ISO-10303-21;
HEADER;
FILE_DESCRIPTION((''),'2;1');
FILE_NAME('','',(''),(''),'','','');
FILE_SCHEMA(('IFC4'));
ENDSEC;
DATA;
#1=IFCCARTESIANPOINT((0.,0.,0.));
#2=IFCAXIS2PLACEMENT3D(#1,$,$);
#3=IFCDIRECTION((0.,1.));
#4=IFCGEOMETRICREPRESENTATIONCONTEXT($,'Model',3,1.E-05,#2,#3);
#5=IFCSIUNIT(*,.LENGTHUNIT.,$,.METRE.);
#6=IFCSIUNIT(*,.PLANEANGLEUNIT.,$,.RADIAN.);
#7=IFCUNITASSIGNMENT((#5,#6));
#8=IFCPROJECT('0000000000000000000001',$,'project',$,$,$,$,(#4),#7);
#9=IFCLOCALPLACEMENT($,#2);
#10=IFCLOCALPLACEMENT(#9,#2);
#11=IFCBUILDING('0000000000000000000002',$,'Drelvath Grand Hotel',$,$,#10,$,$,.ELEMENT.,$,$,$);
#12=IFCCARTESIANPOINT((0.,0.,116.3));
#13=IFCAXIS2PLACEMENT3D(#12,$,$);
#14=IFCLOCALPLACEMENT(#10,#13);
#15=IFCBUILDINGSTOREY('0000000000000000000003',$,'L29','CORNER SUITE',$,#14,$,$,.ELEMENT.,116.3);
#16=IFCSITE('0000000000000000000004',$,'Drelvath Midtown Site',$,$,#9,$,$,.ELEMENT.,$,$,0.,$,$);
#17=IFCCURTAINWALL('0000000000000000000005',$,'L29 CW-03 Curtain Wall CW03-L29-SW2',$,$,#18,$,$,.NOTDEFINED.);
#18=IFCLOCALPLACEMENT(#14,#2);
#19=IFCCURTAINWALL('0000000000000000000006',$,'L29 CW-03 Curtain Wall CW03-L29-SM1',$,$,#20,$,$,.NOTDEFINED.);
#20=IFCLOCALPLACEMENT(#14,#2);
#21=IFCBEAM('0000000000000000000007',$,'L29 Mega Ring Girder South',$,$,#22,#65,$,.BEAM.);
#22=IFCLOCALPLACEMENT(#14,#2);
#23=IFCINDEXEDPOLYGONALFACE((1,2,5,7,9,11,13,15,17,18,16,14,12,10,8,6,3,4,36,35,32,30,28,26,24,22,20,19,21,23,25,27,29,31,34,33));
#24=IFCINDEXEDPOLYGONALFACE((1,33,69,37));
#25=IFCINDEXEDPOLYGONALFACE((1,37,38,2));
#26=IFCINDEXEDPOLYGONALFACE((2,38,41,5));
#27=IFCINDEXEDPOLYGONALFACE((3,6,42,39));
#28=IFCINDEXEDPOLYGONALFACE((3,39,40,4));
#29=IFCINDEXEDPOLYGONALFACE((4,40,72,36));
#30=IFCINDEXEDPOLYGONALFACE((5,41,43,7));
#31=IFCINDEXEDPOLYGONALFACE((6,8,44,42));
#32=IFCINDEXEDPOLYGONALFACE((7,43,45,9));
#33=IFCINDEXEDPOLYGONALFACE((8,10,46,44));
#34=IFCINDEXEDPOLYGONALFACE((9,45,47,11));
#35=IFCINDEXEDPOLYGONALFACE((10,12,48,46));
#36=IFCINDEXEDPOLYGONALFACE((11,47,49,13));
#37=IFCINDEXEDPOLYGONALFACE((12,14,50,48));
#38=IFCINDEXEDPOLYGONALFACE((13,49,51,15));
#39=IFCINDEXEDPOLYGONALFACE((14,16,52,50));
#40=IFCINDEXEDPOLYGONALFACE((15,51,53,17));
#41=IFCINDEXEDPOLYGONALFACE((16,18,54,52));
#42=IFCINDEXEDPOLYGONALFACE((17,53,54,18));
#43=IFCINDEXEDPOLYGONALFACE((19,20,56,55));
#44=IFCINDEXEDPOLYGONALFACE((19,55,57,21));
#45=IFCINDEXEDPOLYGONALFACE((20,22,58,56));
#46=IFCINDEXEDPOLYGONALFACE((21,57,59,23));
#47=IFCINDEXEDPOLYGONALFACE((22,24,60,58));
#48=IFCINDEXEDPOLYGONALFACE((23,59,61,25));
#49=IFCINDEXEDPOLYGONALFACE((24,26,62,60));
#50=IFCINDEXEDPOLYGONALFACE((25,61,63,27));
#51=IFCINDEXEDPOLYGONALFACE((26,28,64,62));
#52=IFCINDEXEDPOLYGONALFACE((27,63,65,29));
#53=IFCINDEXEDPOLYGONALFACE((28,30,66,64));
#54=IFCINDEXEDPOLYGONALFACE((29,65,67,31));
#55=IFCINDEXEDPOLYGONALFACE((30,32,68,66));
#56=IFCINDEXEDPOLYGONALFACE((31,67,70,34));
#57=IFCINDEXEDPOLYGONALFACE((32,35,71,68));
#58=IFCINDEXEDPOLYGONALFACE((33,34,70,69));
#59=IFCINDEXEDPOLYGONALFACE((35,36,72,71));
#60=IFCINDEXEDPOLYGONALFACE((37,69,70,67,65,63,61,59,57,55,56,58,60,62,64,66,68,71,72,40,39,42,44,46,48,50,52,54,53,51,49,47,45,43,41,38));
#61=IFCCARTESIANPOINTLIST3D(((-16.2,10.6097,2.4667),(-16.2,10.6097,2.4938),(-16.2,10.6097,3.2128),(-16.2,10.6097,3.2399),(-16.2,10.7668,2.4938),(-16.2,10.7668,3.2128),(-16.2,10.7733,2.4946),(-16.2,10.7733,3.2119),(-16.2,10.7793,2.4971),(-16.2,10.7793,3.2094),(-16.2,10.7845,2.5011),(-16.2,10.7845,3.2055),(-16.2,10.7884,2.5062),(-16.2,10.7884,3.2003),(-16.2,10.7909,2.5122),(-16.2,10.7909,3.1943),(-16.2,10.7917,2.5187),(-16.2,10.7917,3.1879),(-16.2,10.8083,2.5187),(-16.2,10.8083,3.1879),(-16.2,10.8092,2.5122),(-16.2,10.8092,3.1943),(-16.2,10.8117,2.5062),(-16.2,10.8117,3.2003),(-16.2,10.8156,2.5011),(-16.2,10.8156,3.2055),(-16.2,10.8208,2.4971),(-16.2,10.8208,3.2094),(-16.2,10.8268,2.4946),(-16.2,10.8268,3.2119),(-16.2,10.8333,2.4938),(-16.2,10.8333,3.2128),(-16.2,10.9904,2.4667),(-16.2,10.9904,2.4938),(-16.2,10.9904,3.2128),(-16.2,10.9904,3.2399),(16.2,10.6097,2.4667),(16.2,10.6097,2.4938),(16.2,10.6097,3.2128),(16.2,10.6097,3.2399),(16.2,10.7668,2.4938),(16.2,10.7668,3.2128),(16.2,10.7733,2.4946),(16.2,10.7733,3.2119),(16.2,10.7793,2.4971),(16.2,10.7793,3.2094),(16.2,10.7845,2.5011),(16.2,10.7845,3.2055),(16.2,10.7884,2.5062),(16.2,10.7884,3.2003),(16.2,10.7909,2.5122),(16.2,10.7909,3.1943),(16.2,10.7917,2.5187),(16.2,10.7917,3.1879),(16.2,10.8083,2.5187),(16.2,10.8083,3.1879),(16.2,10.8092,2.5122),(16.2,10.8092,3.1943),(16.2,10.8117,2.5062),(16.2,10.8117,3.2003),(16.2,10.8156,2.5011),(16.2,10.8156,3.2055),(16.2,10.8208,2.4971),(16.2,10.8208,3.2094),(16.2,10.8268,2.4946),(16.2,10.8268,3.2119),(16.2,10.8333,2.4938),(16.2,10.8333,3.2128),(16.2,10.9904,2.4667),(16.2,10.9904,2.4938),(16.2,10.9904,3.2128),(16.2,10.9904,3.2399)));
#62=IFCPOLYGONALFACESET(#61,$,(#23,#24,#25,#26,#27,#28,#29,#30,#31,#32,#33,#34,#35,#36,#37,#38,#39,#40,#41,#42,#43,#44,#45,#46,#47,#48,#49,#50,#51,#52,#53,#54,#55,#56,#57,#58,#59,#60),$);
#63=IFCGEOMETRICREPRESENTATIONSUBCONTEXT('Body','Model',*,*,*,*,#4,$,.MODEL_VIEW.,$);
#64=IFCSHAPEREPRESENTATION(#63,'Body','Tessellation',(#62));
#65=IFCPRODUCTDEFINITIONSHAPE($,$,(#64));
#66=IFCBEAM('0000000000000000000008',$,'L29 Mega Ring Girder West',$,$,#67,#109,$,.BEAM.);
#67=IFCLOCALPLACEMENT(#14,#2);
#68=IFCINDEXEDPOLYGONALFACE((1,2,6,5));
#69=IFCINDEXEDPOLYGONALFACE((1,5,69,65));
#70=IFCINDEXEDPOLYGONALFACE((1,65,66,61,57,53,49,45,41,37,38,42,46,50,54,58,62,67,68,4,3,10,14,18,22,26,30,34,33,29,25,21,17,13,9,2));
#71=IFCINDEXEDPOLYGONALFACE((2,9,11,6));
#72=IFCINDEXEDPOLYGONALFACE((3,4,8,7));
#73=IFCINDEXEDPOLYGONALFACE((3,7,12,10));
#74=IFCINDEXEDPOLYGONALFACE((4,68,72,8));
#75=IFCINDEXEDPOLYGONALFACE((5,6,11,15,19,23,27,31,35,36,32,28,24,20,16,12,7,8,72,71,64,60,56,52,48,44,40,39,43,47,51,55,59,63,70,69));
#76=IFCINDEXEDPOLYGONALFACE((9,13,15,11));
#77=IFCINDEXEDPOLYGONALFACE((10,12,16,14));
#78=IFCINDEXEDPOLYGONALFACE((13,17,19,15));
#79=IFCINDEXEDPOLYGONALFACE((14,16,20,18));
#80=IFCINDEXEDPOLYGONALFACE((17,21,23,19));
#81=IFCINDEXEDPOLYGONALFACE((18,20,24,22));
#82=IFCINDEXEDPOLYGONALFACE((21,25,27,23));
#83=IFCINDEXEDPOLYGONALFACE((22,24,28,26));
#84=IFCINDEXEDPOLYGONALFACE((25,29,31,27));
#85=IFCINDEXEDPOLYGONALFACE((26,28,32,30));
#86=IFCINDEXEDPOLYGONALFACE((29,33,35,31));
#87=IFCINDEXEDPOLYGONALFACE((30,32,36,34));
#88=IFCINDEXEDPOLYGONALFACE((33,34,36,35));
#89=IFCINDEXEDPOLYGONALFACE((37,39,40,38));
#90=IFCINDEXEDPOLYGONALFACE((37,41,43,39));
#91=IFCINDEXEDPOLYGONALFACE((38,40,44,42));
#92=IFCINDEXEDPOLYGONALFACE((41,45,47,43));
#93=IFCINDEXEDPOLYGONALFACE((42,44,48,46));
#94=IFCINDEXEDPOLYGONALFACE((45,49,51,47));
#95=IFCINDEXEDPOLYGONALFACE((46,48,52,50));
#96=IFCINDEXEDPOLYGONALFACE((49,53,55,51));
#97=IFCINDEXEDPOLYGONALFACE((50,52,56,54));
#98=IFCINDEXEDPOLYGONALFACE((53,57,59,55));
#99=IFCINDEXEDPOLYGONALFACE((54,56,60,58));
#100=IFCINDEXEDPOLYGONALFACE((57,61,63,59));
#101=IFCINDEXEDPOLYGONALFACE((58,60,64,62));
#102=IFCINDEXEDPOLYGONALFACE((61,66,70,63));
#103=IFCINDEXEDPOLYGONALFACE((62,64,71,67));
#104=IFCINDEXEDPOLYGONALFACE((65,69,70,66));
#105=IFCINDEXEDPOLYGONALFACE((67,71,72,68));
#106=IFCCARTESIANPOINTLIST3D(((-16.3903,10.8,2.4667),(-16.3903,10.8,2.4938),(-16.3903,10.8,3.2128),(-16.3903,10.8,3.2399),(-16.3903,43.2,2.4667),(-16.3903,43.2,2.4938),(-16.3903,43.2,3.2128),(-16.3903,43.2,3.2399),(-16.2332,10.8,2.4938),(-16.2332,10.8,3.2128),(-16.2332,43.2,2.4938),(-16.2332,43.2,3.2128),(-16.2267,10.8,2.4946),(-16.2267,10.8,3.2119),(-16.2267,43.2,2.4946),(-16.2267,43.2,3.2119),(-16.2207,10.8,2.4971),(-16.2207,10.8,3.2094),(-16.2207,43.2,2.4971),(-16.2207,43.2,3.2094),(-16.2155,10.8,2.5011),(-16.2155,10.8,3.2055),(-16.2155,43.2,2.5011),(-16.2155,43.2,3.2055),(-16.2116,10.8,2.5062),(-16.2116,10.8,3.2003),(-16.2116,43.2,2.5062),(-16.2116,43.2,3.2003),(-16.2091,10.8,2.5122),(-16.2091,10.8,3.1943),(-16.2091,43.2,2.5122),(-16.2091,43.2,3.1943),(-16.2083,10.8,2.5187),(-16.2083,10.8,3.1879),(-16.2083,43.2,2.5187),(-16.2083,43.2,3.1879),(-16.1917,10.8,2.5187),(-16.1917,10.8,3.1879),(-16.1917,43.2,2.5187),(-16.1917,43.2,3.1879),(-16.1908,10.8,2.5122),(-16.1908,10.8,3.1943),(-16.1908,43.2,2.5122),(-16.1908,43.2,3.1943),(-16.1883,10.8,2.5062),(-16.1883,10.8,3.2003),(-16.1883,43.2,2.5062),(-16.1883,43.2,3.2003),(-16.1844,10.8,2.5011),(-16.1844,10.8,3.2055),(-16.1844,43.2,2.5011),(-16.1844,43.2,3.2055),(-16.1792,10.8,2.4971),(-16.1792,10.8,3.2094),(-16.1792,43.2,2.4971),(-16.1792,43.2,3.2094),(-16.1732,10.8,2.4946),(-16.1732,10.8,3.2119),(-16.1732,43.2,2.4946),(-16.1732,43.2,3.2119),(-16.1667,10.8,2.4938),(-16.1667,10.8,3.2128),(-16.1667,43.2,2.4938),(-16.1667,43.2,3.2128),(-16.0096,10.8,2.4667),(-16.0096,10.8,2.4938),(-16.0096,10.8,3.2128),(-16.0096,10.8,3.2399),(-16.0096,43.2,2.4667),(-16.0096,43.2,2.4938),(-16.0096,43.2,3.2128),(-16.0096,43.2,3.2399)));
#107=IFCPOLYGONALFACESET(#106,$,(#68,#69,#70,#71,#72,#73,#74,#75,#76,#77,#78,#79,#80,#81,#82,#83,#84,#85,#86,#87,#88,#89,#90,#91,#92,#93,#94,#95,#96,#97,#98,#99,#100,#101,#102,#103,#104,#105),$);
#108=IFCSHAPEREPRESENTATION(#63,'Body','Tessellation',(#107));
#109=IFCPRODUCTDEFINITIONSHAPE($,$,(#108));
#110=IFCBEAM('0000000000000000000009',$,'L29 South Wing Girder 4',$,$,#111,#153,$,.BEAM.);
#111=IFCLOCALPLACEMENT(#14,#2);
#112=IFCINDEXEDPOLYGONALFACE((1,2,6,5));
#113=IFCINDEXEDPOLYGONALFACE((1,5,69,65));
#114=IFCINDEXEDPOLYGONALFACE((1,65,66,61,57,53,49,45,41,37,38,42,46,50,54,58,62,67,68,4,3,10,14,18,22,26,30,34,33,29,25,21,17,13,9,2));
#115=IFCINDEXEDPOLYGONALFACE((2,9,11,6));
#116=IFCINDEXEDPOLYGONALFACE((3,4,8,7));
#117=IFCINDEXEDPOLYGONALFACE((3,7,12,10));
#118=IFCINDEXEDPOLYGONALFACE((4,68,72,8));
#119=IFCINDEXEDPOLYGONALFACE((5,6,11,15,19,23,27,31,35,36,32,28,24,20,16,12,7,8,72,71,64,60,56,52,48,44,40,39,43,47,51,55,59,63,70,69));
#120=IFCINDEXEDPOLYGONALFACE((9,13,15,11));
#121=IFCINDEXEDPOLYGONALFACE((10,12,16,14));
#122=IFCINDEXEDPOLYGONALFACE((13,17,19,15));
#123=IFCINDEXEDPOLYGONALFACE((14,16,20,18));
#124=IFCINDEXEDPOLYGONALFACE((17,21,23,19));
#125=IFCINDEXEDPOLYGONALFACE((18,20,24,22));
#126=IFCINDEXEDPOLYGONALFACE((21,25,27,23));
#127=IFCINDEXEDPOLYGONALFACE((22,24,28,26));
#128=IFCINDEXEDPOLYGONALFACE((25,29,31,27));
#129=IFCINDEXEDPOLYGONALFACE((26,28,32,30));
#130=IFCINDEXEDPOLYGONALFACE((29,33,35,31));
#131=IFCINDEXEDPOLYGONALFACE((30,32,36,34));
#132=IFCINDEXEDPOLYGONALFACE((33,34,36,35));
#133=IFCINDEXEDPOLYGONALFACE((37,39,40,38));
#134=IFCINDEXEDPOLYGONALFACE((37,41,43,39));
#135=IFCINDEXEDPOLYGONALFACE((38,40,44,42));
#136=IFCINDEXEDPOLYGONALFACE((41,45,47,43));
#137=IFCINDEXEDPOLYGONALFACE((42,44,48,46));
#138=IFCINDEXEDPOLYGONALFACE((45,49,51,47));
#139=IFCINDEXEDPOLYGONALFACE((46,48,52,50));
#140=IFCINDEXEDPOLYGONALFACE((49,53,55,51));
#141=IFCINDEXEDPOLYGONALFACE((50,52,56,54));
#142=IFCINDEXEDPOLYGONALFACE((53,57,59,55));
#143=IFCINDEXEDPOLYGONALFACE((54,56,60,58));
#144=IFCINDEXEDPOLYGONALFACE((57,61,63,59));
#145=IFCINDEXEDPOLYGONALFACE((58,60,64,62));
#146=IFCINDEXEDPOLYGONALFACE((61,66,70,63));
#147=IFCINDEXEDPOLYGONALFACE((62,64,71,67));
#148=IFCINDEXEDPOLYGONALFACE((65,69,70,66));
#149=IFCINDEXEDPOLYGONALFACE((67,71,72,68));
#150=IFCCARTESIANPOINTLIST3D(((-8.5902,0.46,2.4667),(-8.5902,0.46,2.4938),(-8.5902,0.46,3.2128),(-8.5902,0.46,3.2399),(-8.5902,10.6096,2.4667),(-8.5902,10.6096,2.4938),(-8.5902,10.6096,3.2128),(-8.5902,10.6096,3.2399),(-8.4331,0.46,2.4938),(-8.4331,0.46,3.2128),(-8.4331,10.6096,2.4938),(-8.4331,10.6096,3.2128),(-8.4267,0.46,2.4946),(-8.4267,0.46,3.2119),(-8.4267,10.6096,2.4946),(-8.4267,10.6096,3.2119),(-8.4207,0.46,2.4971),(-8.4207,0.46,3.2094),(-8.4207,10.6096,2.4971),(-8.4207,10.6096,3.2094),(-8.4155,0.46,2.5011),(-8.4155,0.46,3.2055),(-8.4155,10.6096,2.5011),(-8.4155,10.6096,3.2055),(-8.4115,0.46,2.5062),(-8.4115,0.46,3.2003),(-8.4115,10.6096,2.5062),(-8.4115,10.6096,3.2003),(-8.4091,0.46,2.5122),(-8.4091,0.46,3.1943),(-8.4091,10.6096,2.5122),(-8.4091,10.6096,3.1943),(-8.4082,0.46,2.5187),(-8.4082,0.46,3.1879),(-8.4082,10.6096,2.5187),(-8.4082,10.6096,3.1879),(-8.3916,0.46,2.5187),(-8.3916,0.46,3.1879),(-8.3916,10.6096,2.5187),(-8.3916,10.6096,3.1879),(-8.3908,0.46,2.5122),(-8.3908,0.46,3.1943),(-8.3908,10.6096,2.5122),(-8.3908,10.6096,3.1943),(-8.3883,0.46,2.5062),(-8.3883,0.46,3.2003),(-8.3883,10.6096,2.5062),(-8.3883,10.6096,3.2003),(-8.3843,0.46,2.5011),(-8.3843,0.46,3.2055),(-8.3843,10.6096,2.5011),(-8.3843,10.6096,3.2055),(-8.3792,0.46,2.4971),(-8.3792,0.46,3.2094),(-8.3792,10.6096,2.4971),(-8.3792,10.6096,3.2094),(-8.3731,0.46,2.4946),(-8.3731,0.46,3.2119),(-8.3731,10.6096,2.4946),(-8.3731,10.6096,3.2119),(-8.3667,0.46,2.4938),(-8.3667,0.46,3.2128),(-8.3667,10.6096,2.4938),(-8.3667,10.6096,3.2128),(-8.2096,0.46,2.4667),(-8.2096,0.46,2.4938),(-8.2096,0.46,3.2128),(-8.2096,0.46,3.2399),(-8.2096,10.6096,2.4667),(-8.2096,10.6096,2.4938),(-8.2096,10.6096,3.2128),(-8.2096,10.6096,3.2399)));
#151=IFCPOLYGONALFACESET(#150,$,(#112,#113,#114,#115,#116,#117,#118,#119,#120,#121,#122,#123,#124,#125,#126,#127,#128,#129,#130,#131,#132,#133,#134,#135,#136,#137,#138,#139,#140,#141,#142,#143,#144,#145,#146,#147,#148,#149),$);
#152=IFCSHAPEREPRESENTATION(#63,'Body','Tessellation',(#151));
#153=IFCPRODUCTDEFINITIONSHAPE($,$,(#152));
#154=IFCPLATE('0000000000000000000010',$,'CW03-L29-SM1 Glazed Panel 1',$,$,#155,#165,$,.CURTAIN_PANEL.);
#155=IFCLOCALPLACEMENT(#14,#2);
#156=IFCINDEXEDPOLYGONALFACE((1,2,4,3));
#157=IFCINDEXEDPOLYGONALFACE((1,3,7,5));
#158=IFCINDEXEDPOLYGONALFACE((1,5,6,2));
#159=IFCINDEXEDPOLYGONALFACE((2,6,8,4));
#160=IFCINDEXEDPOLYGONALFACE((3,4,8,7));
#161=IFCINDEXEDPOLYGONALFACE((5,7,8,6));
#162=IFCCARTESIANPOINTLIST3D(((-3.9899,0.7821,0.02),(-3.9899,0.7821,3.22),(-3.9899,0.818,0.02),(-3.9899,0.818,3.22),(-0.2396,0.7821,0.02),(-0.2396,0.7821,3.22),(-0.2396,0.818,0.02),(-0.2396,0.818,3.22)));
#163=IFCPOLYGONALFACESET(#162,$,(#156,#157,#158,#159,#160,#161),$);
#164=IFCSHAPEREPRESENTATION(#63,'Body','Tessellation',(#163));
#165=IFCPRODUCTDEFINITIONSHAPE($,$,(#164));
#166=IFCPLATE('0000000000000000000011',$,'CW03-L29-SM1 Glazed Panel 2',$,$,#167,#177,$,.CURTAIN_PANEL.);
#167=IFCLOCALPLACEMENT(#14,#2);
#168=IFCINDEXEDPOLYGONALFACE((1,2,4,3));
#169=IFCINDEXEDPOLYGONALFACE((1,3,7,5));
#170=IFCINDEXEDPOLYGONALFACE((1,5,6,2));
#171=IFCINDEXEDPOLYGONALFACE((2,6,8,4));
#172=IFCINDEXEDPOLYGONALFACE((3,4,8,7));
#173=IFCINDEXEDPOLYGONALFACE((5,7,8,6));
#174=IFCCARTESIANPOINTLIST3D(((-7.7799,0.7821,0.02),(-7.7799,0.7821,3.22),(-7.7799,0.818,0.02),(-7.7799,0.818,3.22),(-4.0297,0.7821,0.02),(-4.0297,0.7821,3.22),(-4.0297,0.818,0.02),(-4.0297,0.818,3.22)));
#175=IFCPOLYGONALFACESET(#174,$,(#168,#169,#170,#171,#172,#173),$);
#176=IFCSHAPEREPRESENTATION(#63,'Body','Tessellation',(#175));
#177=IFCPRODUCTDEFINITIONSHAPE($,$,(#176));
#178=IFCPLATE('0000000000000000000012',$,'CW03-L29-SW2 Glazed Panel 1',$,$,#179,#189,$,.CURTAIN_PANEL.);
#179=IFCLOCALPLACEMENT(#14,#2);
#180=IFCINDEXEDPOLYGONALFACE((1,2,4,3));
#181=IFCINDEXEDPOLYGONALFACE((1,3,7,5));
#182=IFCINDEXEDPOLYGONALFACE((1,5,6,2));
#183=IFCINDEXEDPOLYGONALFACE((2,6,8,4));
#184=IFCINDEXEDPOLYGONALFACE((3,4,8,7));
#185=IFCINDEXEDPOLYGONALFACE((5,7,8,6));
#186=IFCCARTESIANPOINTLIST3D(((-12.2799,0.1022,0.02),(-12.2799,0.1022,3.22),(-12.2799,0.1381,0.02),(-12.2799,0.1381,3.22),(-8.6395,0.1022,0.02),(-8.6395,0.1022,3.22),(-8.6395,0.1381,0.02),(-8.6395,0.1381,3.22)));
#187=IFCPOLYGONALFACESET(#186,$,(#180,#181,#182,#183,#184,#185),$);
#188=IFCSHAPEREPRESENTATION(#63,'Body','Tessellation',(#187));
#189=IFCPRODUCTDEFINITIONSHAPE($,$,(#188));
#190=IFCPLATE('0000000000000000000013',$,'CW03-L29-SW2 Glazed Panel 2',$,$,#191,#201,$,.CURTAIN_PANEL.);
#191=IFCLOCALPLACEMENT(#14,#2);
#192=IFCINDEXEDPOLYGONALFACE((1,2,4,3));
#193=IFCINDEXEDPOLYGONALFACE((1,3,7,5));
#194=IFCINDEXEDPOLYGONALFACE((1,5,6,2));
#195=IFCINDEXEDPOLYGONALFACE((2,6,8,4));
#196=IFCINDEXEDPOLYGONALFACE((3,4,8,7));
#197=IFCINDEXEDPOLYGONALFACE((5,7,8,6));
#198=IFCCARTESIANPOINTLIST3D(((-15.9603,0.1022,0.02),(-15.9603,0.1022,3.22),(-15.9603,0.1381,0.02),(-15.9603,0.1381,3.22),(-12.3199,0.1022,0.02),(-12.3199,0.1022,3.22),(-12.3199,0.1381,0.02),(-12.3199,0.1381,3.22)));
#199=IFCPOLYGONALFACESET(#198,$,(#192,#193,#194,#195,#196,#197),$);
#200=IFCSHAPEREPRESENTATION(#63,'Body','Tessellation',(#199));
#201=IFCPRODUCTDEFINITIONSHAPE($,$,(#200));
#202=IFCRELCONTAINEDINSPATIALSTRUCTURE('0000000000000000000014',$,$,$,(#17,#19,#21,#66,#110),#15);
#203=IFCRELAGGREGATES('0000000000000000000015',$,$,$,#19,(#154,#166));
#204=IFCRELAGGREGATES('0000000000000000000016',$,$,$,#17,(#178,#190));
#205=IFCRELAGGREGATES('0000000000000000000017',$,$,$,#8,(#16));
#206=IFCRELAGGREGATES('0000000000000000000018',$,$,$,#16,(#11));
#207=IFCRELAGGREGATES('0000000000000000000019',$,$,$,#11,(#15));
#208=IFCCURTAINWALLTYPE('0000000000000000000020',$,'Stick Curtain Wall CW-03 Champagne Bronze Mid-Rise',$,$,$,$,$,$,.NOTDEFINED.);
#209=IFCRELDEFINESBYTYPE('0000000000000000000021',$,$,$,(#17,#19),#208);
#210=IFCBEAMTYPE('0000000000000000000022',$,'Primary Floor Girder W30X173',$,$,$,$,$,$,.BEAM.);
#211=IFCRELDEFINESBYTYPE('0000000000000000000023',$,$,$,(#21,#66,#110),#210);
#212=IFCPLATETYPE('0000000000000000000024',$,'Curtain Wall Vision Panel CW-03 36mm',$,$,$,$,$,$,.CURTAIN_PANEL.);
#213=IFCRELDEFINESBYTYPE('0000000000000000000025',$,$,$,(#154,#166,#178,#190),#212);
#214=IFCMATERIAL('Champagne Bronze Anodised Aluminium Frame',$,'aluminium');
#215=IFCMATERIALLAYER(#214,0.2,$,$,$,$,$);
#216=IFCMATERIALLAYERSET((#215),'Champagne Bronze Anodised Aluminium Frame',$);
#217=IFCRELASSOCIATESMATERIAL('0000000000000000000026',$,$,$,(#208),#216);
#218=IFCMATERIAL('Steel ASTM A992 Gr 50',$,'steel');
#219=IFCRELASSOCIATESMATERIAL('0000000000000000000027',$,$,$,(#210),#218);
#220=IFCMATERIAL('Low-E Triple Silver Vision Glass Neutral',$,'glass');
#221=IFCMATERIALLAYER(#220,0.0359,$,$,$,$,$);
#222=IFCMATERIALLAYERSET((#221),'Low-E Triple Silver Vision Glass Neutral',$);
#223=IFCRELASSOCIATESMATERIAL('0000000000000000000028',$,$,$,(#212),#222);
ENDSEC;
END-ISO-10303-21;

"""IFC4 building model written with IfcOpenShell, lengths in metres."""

from ifc_helpers import new_model, si_unit, direction, frame, origin, origin_2d, place, context, subcontext, project, spatial, rectangle, i_section, extrude, material, layer, layer_set, material_profile, profile_set, type_object, element, aggregate, save


model = new_model("IFC4")

# Units and contexts
model_context = context("Model", 3, precision=1e-05, world=origin(), true_north=direction((0.0, 1.0)))
body_context = subcontext(model_context, "Body", "Model", "MODEL_VIEW")
ifc_project = project(units=[si_unit("LENGTHUNIT", "METRE"), si_unit("PLANEANGLEUNIT", "RADIAN")], contexts=[model_context])

# Site, building, storey
site_placement = place(None, origin())
site = spatial("IfcSite", under=ifc_project, at=site_placement, Name="Drelvath Midtown Site", CompositionType="ELEMENT", RefElevation=0.0)
building_placement = place(site_placement, origin())
building = spatial("IfcBuilding", under=site, at=building_placement, Name="Drelvath Grand Hotel", CompositionType="ELEMENT")
storey_placement = place(building_placement, frame((0.0, 0.0, 116.3)))
storey = spatial("IfcBuildingStorey", under=building, at=storey_placement, Name="L29", Description="CORNER SUITE", CompositionType="ELEMENT", Elevation=116.3)

# Shared definitions
ifc_material_1 = material(Name="Steel ASTM A992 Gr 50", Category="steel")

# Curtain wall
ifc_material_2 = material(Name="Champagne Bronze Anodised Aluminium Frame", Category="aluminium")
ifc_layer_1 = layer(ifc_material_2, 0.2)
ifc_layer_set_1 = layer_set([ifc_layer_1], Name="Champagne Bronze Anodised Aluminium Frame")
curtain_wall_type = type_object("IfcCurtainWallType", Name="Stick Curtain Wall CW-03 Champagne Bronze Mid-Rise", PredefinedType="NOTDEFINED", material=ifc_layer_set_1)
curtain_wall_1_placement = place(storey_placement, origin())
curtain_wall_1 = element("IfcCurtainWall", 1, at=curtain_wall_1_placement, inside=storey, type_object=curtain_wall_type, Name="L29 CW-03 Curtain Wall CW03-L29-SW2", PredefinedType="NOTDEFINED")

# Curtain wall
curtain_wall_2_placement = place(storey_placement, origin())
curtain_wall_2 = element("IfcCurtainWall", 2, at=curtain_wall_2_placement, inside=storey, type_object=curtain_wall_type, Name="L29 CW-03 Curtain Wall CW03-L29-SM1", PredefinedType="NOTDEFINED")

# Beams
ifc_material_profile_1 = material_profile(ifc_material_1, i_section(OverallWidth=0.3806, OverallDepth=0.7732, WebThickness=0.0166, FlangeThickness=0.0271, FilletRadius=0.0249, at=origin_2d()), Name="W30X173")
ifc_profile_set_1 = profile_set([ifc_material_profile_1], Name="Steel ASTM A992 Gr 50")
beam_type_1 = type_object("IfcBeamType", Name="Primary Floor Girder W30X173", PredefinedType="BEAM", material=ifc_profile_set_1)
for number, where, z_axis, x_axis, name in (
    (3, (-16.2, 10.8, 2.8533), (1.0, 0.0, 0.0), (0.0, 1.0, 0.0), "L29 Mega Ring Girder South"),
    (4, (-16.2, 10.8, 2.8533), (0.0, 1.0, 0.0), (-1.0, 0.0, 0.0), "L29 Mega Ring Girder West"),
):
    element("IfcBeam", number, at=place(storey_placement, frame(where, z_axis=z_axis, x_axis=x_axis)), inside=storey, type_object=beam_type_1, Name=name, PredefinedType="BEAM", context=body_context, shape_type="SweptSolid", body=[
        extrude(i_section(OverallWidth=0.3806, OverallDepth=0.7732, WebThickness=0.0166, FlangeThickness=0.0271, FilletRadius=0.0249, at=origin_2d()), origin(), (0.0, 0.0, 1.0), 32.3999),
    ])
beam_1_placement = place(storey_placement, frame((-8.3999, 0.46, 2.8533), z_axis=(0.0, 1.0, 0.0), x_axis=(-1.0, 0.0, 0.0)))
element("IfcBeam", 5, at=beam_1_placement, inside=storey, type_object=beam_type_1, Name="L29 South Wing Girder 4", PredefinedType="BEAM", context=body_context, shape_type="SweptSolid", body=[
    extrude(i_section(OverallWidth=0.3806, OverallDepth=0.7732, WebThickness=0.0166, FlangeThickness=0.0271, FilletRadius=0.0249, at=origin_2d()), origin(), (0.0, 0.0, 1.0), 10.1497),
])

# Plates
ifc_material_3 = material(Name="Low-E Triple Silver Vision Glass Neutral", Category="glass")
ifc_layer_2 = layer(ifc_material_3, 0.0359)
ifc_layer_set_2 = layer_set([ifc_layer_2], Name="Low-E Triple Silver Vision Glass Neutral")
plate_type = type_object("IfcPlateType", Name="Curtain Wall Vision Panel CW-03 36mm", PredefinedType="CURTAIN_PANEL", material=ifc_layer_set_2)
plate_1_placement = place(storey_placement, frame((-2.1147, 0.8, 0.02), z_axis=(0.0, 0.0, 1.0), x_axis=(-1.0, 0.0, 0.0)))
plate_1 = element("IfcPlate", 6, at=plate_1_placement, type_object=plate_type, Name="CW03-L29-SM1 Glazed Panel 1", PredefinedType="CURTAIN_PANEL", context=body_context, shape_type="SweptSolid", body=[
    extrude(rectangle(XDim=3.7502, YDim=0.0359, at=origin_2d()), origin(), (0.0, 0.0, 1.0), 3.2),
])
plate_2_placement = place(storey_placement, frame((-5.9048, 0.8, 0.02), z_axis=(0.0, 0.0, 1.0), x_axis=(-1.0, 0.0, 0.0)))
plate_2 = element("IfcPlate", 7, at=plate_2_placement, type_object=plate_type, Name="CW03-L29-SM1 Glazed Panel 2", PredefinedType="CURTAIN_PANEL", context=body_context, shape_type="SweptSolid", body=[
    extrude(rectangle(XDim=3.7502, YDim=0.0359, at=origin_2d()), origin(), (0.0, 0.0, 1.0), 3.2),
])
aggregate(curtain_wall_2, [plate_1, plate_2])
plate_3_placement = place(storey_placement, frame((-10.4597, 0.1201, 0.02), z_axis=(0.0, 0.0, 1.0), x_axis=(-1.0, 0.0, 0.0)))
plate_3 = element("IfcPlate", 8, at=plate_3_placement, type_object=plate_type, Name="CW03-L29-SW2 Glazed Panel 1", PredefinedType="CURTAIN_PANEL", context=body_context, shape_type="SweptSolid", body=[
    extrude(rectangle(XDim=3.6404, YDim=0.0359, at=origin_2d()), origin(), (0.0, 0.0, 1.0), 3.2),
])
plate_4_placement = place(storey_placement, frame((-14.1401, 0.1201, 0.02), z_axis=(0.0, 0.0, 1.0), x_axis=(-1.0, 0.0, 0.0)))
plate_4 = element("IfcPlate", 9, at=plate_4_placement, type_object=plate_type, Name="CW03-L29-SW2 Glazed Panel 2", PredefinedType="CURTAIN_PANEL", context=body_context, shape_type="SweptSolid", body=[
    extrude(rectangle(XDim=3.6404, YDim=0.0359, at=origin_2d()), origin(), (0.0, 0.0, 1.0), 3.2),
])
aggregate(curtain_wall_1, [plate_3, plate_4])

save(model, "model.ifc")
